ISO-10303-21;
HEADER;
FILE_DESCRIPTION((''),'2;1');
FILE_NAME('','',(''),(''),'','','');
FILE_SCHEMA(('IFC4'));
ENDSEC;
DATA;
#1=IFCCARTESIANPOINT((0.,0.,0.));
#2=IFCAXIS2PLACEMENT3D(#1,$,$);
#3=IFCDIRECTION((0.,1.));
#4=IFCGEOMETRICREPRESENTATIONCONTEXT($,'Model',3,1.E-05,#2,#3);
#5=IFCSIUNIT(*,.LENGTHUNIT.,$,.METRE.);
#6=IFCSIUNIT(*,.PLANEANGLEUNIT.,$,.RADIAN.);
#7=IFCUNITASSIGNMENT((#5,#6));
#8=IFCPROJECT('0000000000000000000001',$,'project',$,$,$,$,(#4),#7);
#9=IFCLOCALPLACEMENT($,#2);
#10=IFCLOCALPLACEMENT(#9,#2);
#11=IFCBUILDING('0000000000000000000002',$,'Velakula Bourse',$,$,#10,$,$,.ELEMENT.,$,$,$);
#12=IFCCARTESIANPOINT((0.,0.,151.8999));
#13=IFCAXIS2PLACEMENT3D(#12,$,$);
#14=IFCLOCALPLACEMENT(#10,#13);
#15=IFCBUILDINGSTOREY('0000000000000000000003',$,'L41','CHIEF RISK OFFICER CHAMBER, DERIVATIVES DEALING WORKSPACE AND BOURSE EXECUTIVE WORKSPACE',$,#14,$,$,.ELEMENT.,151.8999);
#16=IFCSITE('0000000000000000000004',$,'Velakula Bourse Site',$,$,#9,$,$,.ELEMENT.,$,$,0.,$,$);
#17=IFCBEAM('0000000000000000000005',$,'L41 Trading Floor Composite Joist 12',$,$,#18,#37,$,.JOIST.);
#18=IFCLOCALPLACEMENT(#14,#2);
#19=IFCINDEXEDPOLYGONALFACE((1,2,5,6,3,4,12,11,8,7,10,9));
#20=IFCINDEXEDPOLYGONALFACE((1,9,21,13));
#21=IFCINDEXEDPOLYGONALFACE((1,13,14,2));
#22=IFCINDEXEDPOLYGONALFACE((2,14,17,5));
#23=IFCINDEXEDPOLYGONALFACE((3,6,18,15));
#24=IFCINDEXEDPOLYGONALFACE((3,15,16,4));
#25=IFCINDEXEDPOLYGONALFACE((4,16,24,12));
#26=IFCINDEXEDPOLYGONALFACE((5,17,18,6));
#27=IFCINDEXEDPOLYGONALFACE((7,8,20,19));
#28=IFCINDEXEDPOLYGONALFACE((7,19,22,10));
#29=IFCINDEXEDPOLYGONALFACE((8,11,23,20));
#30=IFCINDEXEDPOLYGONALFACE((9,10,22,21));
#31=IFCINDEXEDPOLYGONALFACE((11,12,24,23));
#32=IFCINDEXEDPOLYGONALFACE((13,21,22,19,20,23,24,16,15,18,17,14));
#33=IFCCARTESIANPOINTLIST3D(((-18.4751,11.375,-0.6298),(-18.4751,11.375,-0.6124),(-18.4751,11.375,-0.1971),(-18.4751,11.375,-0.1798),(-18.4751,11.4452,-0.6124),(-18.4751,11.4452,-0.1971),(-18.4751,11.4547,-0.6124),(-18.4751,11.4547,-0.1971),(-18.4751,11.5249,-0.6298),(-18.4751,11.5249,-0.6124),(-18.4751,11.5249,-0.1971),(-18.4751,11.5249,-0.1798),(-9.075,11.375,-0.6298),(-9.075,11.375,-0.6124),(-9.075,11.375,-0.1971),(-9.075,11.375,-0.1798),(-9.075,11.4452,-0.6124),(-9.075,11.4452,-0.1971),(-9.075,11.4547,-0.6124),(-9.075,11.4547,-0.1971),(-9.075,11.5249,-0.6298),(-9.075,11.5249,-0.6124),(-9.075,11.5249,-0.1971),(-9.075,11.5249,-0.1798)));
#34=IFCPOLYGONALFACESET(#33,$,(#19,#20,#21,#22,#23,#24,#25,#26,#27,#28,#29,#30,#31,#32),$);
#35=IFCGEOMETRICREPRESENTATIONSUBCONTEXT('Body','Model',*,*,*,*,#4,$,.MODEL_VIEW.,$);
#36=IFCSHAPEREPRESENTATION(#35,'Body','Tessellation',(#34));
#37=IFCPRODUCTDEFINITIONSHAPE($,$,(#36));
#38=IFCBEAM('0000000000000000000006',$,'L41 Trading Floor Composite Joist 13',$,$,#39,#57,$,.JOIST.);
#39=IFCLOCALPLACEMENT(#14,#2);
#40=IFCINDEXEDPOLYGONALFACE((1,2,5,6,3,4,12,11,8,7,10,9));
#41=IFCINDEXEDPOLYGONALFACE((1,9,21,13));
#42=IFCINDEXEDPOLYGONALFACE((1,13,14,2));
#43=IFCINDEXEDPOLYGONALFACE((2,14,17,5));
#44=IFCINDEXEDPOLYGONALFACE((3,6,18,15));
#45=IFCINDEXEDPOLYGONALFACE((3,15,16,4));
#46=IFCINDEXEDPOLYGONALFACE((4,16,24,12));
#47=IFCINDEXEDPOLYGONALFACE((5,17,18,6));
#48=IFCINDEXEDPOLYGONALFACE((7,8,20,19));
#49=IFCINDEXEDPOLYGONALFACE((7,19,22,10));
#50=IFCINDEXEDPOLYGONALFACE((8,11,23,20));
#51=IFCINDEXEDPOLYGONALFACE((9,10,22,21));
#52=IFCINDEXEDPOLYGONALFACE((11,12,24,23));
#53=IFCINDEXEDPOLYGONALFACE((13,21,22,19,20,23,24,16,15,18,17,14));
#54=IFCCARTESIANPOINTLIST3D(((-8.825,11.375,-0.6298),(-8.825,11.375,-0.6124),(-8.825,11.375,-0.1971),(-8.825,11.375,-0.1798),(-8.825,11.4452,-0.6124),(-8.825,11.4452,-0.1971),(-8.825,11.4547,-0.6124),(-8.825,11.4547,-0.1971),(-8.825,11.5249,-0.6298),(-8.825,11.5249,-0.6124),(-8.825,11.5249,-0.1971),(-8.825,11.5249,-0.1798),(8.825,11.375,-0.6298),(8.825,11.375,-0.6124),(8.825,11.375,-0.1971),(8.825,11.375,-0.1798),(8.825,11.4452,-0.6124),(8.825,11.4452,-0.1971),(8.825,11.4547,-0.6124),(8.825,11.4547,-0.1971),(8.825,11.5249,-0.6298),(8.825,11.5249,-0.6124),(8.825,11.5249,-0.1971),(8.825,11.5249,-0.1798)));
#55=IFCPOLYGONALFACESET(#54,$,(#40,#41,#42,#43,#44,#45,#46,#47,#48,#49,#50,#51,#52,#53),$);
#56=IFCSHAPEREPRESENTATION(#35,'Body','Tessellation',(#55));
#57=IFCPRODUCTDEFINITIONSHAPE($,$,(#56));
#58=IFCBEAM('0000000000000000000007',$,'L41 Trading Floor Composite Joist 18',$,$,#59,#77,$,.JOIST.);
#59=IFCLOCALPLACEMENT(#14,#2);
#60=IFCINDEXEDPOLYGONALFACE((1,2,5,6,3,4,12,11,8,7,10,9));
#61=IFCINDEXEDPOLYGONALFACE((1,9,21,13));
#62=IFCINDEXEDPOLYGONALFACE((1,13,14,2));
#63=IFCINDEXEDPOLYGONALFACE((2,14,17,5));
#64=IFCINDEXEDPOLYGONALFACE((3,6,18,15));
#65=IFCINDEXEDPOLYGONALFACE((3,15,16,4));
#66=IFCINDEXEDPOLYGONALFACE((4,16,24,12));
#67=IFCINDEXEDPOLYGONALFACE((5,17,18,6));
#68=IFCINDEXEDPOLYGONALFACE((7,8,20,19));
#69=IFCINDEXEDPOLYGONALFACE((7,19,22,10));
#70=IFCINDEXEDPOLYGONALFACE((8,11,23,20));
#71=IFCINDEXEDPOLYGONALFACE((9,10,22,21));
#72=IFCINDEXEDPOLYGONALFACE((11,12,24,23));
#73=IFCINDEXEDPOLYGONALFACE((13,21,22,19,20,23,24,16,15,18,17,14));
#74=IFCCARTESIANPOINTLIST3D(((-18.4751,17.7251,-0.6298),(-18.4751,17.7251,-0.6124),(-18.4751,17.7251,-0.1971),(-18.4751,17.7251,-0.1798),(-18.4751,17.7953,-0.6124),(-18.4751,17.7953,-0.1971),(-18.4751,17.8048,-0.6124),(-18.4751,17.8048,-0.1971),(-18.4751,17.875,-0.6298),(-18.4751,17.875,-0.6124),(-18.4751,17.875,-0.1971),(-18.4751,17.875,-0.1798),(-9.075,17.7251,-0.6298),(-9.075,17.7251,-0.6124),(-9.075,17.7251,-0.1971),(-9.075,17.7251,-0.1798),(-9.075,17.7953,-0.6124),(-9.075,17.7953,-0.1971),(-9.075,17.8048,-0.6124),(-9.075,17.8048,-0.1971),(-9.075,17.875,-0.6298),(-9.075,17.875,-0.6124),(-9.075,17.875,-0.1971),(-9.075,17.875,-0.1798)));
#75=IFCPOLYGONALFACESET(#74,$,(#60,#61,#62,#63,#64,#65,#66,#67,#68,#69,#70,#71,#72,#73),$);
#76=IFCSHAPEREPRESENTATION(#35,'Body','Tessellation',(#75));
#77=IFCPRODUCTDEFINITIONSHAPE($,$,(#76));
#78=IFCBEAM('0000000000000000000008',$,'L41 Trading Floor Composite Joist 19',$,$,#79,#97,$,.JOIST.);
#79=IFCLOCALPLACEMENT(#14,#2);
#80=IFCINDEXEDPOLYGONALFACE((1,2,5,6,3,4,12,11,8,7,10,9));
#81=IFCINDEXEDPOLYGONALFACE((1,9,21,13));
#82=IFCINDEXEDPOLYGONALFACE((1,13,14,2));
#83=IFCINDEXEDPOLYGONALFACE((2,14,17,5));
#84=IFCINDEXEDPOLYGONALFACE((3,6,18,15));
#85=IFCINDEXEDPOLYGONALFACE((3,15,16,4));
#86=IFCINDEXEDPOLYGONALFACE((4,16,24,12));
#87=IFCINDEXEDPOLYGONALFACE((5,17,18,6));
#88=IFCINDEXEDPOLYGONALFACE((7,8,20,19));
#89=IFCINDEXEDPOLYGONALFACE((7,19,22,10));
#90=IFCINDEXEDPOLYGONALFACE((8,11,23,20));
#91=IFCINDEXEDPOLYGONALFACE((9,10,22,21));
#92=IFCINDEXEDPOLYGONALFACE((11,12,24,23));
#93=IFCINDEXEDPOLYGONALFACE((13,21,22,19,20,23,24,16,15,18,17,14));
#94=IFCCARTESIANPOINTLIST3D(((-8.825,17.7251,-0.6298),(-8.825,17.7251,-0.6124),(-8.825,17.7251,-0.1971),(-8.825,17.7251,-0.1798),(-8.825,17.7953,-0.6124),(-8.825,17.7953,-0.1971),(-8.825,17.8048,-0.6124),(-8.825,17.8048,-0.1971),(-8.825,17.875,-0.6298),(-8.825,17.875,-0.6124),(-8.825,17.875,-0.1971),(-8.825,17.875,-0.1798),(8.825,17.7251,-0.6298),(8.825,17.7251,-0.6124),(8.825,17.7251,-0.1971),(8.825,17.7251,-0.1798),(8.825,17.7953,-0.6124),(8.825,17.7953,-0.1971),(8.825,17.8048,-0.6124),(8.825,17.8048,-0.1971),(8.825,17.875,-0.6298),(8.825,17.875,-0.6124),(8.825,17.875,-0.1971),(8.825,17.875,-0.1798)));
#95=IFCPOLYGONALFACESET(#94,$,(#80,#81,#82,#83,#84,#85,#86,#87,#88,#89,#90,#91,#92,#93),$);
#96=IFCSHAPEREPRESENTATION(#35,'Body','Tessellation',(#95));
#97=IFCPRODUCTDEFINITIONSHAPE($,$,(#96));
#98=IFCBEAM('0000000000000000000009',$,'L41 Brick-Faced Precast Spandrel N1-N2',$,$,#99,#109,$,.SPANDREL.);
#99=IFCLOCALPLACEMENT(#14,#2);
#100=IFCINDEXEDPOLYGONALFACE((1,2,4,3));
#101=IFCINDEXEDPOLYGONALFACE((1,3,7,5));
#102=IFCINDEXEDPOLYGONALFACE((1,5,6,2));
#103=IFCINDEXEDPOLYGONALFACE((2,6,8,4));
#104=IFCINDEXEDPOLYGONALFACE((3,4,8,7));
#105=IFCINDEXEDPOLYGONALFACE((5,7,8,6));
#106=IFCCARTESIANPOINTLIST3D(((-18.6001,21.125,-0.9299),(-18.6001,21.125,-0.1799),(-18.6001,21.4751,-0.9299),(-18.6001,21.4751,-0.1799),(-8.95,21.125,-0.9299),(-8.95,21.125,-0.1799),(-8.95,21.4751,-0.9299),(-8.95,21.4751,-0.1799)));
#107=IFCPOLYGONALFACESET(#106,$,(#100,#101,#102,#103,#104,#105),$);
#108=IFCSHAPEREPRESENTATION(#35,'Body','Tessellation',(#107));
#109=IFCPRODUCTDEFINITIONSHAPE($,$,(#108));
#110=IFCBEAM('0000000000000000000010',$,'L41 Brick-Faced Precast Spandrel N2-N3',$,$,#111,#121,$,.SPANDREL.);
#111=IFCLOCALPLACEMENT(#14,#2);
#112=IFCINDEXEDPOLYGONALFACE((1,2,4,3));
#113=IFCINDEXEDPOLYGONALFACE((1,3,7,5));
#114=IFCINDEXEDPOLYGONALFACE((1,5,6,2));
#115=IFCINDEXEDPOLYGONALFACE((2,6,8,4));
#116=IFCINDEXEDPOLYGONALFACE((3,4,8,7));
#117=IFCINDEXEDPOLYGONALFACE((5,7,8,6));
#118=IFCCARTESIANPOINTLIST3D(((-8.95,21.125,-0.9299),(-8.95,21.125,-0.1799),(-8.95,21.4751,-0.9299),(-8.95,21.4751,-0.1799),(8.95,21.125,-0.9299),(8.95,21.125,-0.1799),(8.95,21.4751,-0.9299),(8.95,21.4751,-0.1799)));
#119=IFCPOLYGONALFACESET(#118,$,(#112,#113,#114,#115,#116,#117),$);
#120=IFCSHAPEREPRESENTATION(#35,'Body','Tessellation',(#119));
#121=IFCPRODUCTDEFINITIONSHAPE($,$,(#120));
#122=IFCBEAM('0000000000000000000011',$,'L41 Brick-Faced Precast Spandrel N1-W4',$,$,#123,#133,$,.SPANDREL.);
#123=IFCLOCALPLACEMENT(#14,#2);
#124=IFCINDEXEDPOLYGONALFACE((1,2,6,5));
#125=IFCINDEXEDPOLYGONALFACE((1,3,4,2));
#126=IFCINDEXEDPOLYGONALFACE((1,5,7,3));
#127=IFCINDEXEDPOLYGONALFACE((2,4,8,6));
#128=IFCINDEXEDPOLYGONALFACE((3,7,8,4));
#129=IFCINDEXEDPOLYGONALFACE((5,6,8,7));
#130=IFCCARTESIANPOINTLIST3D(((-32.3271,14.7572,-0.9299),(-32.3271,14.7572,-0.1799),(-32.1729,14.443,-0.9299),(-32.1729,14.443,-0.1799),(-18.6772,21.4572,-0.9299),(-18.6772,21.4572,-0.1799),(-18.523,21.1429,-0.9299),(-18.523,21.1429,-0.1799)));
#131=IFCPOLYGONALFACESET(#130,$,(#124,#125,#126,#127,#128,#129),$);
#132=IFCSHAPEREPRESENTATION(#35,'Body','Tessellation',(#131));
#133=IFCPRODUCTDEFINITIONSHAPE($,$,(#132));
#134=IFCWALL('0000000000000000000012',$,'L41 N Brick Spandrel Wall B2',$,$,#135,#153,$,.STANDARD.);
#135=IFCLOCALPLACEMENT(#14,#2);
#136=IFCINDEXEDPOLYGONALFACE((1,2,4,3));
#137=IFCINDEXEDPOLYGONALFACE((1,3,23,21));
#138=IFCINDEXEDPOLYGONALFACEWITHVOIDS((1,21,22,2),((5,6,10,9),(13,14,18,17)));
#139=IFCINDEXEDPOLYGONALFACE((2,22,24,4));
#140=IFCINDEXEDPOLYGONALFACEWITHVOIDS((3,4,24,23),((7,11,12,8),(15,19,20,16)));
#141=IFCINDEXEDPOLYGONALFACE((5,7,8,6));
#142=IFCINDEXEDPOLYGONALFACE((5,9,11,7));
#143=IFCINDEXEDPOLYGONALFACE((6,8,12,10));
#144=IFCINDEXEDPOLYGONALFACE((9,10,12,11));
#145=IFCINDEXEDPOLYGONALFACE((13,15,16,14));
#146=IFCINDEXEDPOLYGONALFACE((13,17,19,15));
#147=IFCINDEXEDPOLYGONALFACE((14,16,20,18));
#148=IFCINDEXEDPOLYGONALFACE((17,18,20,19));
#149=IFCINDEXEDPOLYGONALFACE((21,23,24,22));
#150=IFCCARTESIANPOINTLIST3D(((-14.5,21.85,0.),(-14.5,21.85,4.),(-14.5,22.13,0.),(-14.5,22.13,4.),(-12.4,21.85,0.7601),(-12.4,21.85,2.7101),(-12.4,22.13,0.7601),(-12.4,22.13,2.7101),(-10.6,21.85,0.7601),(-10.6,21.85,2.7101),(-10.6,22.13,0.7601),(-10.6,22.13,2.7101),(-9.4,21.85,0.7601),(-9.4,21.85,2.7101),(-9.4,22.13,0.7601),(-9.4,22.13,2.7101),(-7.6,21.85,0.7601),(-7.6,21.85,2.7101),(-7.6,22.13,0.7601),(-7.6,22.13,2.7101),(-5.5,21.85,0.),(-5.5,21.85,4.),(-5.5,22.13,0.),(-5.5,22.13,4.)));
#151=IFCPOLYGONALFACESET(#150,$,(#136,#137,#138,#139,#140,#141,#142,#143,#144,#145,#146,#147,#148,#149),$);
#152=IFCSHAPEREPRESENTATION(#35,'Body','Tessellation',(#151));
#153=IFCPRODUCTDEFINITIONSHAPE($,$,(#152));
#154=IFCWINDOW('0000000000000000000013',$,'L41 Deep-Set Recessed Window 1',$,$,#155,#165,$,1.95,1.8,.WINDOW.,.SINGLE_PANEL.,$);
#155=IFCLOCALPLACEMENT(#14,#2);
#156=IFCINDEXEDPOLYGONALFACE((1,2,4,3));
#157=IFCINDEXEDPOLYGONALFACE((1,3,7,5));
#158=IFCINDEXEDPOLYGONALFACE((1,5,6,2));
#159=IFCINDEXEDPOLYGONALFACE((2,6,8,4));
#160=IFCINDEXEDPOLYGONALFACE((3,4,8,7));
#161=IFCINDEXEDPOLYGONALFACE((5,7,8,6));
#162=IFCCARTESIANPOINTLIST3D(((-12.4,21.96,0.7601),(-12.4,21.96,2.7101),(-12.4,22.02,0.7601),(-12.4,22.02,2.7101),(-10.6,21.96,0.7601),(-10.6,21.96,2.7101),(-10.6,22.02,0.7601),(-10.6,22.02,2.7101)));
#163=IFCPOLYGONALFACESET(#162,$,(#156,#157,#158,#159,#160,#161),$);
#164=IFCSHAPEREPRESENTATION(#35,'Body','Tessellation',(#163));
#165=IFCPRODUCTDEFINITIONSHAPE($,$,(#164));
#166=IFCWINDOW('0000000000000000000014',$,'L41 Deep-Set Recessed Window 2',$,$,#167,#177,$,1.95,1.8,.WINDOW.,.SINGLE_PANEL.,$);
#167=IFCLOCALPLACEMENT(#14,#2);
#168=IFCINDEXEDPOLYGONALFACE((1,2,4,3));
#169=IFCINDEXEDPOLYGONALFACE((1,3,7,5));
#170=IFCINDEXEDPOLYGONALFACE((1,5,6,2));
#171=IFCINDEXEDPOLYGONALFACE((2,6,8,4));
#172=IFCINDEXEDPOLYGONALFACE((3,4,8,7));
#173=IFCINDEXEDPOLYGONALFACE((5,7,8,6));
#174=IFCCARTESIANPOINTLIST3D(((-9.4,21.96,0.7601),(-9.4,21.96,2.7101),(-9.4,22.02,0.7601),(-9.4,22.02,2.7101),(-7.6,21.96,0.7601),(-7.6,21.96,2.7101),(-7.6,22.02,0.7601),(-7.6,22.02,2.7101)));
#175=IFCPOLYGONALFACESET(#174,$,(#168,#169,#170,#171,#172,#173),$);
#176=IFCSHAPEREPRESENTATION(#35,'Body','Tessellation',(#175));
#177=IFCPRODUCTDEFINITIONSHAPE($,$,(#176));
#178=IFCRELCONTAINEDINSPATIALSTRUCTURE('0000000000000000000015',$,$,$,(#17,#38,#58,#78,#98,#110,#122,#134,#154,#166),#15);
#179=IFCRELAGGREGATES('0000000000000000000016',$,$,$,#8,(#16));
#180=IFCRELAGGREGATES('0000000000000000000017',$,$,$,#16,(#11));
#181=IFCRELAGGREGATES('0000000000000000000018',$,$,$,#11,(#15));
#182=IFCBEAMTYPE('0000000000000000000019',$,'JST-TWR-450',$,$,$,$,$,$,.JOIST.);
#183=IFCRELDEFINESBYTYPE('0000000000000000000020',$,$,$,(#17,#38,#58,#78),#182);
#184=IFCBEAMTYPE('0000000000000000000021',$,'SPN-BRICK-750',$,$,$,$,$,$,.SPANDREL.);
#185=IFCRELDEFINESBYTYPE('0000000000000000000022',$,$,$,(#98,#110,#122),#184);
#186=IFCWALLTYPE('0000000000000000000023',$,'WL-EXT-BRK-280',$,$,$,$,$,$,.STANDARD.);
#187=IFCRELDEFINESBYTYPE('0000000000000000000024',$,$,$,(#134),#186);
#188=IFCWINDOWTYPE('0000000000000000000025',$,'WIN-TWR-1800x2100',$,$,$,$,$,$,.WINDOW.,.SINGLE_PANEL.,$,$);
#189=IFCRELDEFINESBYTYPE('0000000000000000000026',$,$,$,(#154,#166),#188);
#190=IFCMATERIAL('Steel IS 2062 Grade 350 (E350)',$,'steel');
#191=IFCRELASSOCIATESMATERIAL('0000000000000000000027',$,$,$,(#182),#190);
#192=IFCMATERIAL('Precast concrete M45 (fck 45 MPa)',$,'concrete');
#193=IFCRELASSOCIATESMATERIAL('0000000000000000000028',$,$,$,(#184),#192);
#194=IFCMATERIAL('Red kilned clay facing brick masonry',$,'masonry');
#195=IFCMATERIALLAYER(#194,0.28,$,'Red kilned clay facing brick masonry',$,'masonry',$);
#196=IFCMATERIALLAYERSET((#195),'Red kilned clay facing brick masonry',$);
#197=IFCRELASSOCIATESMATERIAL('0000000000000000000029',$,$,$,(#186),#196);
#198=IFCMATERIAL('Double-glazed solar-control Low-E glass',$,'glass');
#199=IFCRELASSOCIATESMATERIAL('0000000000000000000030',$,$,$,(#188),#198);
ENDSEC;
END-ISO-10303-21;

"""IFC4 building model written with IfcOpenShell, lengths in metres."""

from ifc_helpers import new_model, si_unit, direction, frame, frame_2d, origin, origin_2d, place, context, subcontext, project, spatial, rectangle, i_section, extrude, material, layer, layer_set, material_profile, profile_set, type_object, element, fill, save


model = new_model("IFC4")

# Units and contexts
model_context = context("Model", 3, precision=1e-05, world=origin(), true_north=direction((0.0, 1.0)))
body_context = subcontext(model_context, "Body", "Model", "MODEL_VIEW")
ifc_project = project(units=[si_unit("LENGTHUNIT", "METRE"), si_unit("PLANEANGLEUNIT", "RADIAN")], contexts=[model_context])

# Site, building, storey
site_placement = place(None, origin())
site = spatial("IfcSite", under=ifc_project, at=site_placement, Name="Velakula Bourse Site", CompositionType="ELEMENT", RefElevation=0.0)
building_placement = place(site_placement, origin())
building = spatial("IfcBuilding", under=site, at=building_placement, Name="Velakula Bourse", CompositionType="ELEMENT")
storey_placement = place(building_placement, frame((0.0, 0.0, 151.8999)))
storey = spatial("IfcBuildingStorey", under=building, at=storey_placement, Name="L41", Description="CHIEF RISK OFFICER CHAMBER, DERIVATIVES DEALING WORKSPACE AND BOURSE EXECUTIVE WORKSPACE", CompositionType="ELEMENT", Elevation=151.8999)

# Shared definitions
ifc_material_1 = material(Name="Steel IS 2062 Grade 350 (E350)", Category="steel")
ifc_material_2 = material(Name="Precast concrete M45 (fck 45 MPa)", Category="concrete")

# Beams
ifc_material_profile_1 = material_profile(ifc_material_1, i_section(OverallWidth=0.1499, OverallDepth=0.45, WebThickness=0.0095, FlangeThickness=0.0173, at=origin_2d()), Name="Steel IS 2062 Grade 350 (E350)")
ifc_profile_set_1 = profile_set([ifc_material_profile_1], Name="Steel IS 2062 Grade 350 (E350)")
beam_type_1 = type_object("IfcBeamType", Name="JST-TWR-450", PredefinedType="JOIST", material=ifc_profile_set_1)
beam_1_placement = place(storey_placement, frame((-18.4751, 11.45, -0.4048), z_axis=(1.0, 0.0, 0.0), x_axis=(0.0, 1.0, 0.0)))
element("IfcBeam", 1, at=beam_1_placement, inside=storey, type_object=beam_type_1, Name="L41 Trading Floor Composite Joist 12", PredefinedType="JOIST", context=body_context, shape_type="SweptSolid", body=[
    extrude(i_section(OverallWidth=0.1499, OverallDepth=0.45, WebThickness=0.0095, FlangeThickness=0.0173, at=origin_2d()), origin(), (0.0, 0.0, 1.0), 9.4001),
])
beam_2_placement = place(storey_placement, frame((-8.825, 11.45, -0.4048), z_axis=(1.0, 0.0, 0.0), x_axis=(0.0, 1.0, 0.0)))
element("IfcBeam", 2, at=beam_2_placement, inside=storey, type_object=beam_type_1, Name="L41 Trading Floor Composite Joist 13", PredefinedType="JOIST", context=body_context, shape_type="SweptSolid", body=[
    extrude(i_section(OverallWidth=0.1499, OverallDepth=0.45, WebThickness=0.0095, FlangeThickness=0.0173, at=origin_2d()), origin(), (0.0, 0.0, 1.0), 17.6499),
])
beam_3_placement = place(storey_placement, frame((-18.4751, 17.8, -0.4048), z_axis=(1.0, 0.0, 0.0), x_axis=(0.0, 1.0, 0.0)))
element("IfcBeam", 3, at=beam_3_placement, inside=storey, type_object=beam_type_1, Name="L41 Trading Floor Composite Joist 18", PredefinedType="JOIST", context=body_context, shape_type="SweptSolid", body=[
    extrude(i_section(OverallWidth=0.1499, OverallDepth=0.45, WebThickness=0.0095, FlangeThickness=0.0173, at=origin_2d()), origin(), (0.0, 0.0, 1.0), 9.4001),
])
beam_4_placement = place(storey_placement, frame((-8.825, 17.8, -0.4048), z_axis=(1.0, 0.0, 0.0), x_axis=(0.0, 1.0, 0.0)))
element("IfcBeam", 4, at=beam_4_placement, inside=storey, type_object=beam_type_1, Name="L41 Trading Floor Composite Joist 19", PredefinedType="JOIST", context=body_context, shape_type="SweptSolid", body=[
    extrude(i_section(OverallWidth=0.1499, OverallDepth=0.45, WebThickness=0.0095, FlangeThickness=0.0173, at=origin_2d()), origin(), (0.0, 0.0, 1.0), 17.6499),
])
ifc_material_profile_2 = material_profile(ifc_material_2, rectangle(XDim=0.3501, YDim=0.75, at=origin_2d()), Name="Precast concrete M45 (fck 45 MPa)")
ifc_profile_set_2 = profile_set([ifc_material_profile_2], Name="Precast concrete M45 (fck 45 MPa)")
beam_type_2 = type_object("IfcBeamType", Name="SPN-BRICK-750", PredefinedType="SPANDREL", material=ifc_profile_set_2)
beam_5_placement = place(storey_placement, frame((-18.6001, 21.3, -0.5549), z_axis=(1.0, 0.0, 0.0), x_axis=(0.0, 1.0, 0.0)))
element("IfcBeam", 5, at=beam_5_placement, inside=storey, type_object=beam_type_2, Name="L41 Brick-Faced Precast Spandrel N1-N2", PredefinedType="SPANDREL", context=body_context, shape_type="SweptSolid", body=[
    extrude(rectangle(XDim=0.3501, YDim=0.75, at=origin_2d()), origin(), (0.0, 0.0, 1.0), 9.6501),
])
beam_6_placement = place(storey_placement, frame((-8.95, 21.3, -0.5549), z_axis=(1.0, 0.0, 0.0), x_axis=(0.0, 1.0, 0.0)))
element("IfcBeam", 6, at=beam_6_placement, inside=storey, type_object=beam_type_2, Name="L41 Brick-Faced Precast Spandrel N2-N3", PredefinedType="SPANDREL", context=body_context, shape_type="SweptSolid", body=[
    extrude(rectangle(XDim=0.3501, YDim=0.75, at=origin_2d()), origin(), (0.0, 0.0, 1.0), 17.8999),
])
beam_7_placement = place(storey_placement, frame((-18.6001, 21.3, -0.5549), z_axis=(-0.897691, -0.440625, 0.0), x_axis=(0.440625, -0.897691, 0.0)))
element("IfcBeam", 7, at=beam_7_placement, inside=storey, type_object=beam_type_2, Name="L41 Brick-Faced Precast Spandrel N1-W4", PredefinedType="SPANDREL", context=body_context, shape_type="SweptSolid", body=[
    extrude(rectangle(XDim=0.3501, YDim=0.75, at=origin_2d()), origin(), (0.0, 0.0, 1.0), 15.2056),
])

# Wall, openings, windows
ifc_material_3 = material(Name="Red kilned clay facing brick masonry", Category="masonry")
ifc_layer_1 = layer(ifc_material_3, 0.28, Name="Red kilned clay facing brick masonry", Category="masonry")
ifc_layer_set_1 = layer_set([ifc_layer_1], Name="Red kilned clay facing brick masonry")
wall_type_1 = type_object("IfcWallType", Name="WL-EXT-BRK-280", PredefinedType="STANDARD", material=ifc_layer_set_1)
wall_1_placement = place(storey_placement, frame((-14.5, 21.99, 0.0), z_axis=(0.0, 0.0, 1.0), x_axis=(1.0, 0.0, 0.0)))
wall_1 = element("IfcWall", 8, at=wall_1_placement, inside=storey, type_object=wall_type_1, Name="L41 N Brick Spandrel Wall B2", PredefinedType="STANDARD", context=body_context, shape_type="SweptSolid", body=[
    extrude(rectangle(XDim=9.0, YDim=0.28, at=frame_2d((4.5, 0.0))), origin(), (0.0, 0.0, 1.0), 4.0),
])
opening_1_placement = place(wall_1_placement, frame((2.1001, 0.0, 0.76)))
opening_1 = element("IfcOpeningElement", 9, at=opening_1_placement, cuts=wall_1, PredefinedType="OPENING", context=body_context, shape_type="SweptSolid", body=[
    extrude(rectangle(XDim=1.8, YDim=1.95, at=frame_2d((0.8999, 0.9751))), frame((0.0, 0.1499, 0.0), z_axis=(0.0, -1.0, 0.0), x_axis=(1.0, 0.0, 0.0)), (0.0, 0.0, 1.0), 0.3),
])
opening_2_placement = place(wall_1_placement, frame((5.1001, 0.0, 0.76)))
opening_2 = element("IfcOpeningElement", 10, at=opening_2_placement, cuts=wall_1, PredefinedType="OPENING", context=body_context, shape_type="SweptSolid", body=[
    extrude(rectangle(XDim=1.8, YDim=1.95, at=frame_2d((0.8999, 0.9751))), frame((0.0, 0.1499, 0.0), z_axis=(0.0, -1.0, 0.0), x_axis=(1.0, 0.0, 0.0)), (0.0, 0.0, 1.0), 0.3),
])
ifc_material_4 = material(Name="Double-glazed solar-control Low-E glass", Category="glass")
window_type = type_object("IfcWindowType", Name="WIN-TWR-1800x2100", PartitioningType="SINGLE_PANEL", PredefinedType="WINDOW", material=ifc_material_4)
window_1_placement = place(opening_1_placement, origin())
window_1 = element("IfcWindow", 11, at=window_1_placement, inside=storey, type_object=window_type, Name="L41 Deep-Set Recessed Window 1", OverallHeight=1.95, OverallWidth=1.8, PartitioningType="SINGLE_PANEL", PredefinedType="WINDOW", context=body_context, shape_type="SweptSolid", body=[
    extrude(rectangle(XDim=1.8, YDim=1.95, at=frame_2d((0.8999, 0.9751))), frame((0.0, 0.03, 0.0), z_axis=(0.0, -1.0, 0.0), x_axis=(1.0, 0.0, 0.0)), (0.0, 0.0, 1.0), 0.0601),
])
fill(opening_1, window_1)
window_2_placement = place(opening_2_placement, origin())
window_2 = element("IfcWindow", 12, at=window_2_placement, inside=storey, type_object=window_type, Name="L41 Deep-Set Recessed Window 2", OverallHeight=1.95, OverallWidth=1.8, PartitioningType="SINGLE_PANEL", PredefinedType="WINDOW", context=body_context, shape_type="SweptSolid", body=[
    extrude(rectangle(XDim=1.8, YDim=1.95, at=frame_2d((0.8999, 0.9751))), frame((0.0, 0.03, 0.0), z_axis=(0.0, -1.0, 0.0), x_axis=(1.0, 0.0, 0.0)), (0.0, 0.0, 1.0), 0.0601),
])
fill(opening_2, window_2)

save(model, "model.ifc")
